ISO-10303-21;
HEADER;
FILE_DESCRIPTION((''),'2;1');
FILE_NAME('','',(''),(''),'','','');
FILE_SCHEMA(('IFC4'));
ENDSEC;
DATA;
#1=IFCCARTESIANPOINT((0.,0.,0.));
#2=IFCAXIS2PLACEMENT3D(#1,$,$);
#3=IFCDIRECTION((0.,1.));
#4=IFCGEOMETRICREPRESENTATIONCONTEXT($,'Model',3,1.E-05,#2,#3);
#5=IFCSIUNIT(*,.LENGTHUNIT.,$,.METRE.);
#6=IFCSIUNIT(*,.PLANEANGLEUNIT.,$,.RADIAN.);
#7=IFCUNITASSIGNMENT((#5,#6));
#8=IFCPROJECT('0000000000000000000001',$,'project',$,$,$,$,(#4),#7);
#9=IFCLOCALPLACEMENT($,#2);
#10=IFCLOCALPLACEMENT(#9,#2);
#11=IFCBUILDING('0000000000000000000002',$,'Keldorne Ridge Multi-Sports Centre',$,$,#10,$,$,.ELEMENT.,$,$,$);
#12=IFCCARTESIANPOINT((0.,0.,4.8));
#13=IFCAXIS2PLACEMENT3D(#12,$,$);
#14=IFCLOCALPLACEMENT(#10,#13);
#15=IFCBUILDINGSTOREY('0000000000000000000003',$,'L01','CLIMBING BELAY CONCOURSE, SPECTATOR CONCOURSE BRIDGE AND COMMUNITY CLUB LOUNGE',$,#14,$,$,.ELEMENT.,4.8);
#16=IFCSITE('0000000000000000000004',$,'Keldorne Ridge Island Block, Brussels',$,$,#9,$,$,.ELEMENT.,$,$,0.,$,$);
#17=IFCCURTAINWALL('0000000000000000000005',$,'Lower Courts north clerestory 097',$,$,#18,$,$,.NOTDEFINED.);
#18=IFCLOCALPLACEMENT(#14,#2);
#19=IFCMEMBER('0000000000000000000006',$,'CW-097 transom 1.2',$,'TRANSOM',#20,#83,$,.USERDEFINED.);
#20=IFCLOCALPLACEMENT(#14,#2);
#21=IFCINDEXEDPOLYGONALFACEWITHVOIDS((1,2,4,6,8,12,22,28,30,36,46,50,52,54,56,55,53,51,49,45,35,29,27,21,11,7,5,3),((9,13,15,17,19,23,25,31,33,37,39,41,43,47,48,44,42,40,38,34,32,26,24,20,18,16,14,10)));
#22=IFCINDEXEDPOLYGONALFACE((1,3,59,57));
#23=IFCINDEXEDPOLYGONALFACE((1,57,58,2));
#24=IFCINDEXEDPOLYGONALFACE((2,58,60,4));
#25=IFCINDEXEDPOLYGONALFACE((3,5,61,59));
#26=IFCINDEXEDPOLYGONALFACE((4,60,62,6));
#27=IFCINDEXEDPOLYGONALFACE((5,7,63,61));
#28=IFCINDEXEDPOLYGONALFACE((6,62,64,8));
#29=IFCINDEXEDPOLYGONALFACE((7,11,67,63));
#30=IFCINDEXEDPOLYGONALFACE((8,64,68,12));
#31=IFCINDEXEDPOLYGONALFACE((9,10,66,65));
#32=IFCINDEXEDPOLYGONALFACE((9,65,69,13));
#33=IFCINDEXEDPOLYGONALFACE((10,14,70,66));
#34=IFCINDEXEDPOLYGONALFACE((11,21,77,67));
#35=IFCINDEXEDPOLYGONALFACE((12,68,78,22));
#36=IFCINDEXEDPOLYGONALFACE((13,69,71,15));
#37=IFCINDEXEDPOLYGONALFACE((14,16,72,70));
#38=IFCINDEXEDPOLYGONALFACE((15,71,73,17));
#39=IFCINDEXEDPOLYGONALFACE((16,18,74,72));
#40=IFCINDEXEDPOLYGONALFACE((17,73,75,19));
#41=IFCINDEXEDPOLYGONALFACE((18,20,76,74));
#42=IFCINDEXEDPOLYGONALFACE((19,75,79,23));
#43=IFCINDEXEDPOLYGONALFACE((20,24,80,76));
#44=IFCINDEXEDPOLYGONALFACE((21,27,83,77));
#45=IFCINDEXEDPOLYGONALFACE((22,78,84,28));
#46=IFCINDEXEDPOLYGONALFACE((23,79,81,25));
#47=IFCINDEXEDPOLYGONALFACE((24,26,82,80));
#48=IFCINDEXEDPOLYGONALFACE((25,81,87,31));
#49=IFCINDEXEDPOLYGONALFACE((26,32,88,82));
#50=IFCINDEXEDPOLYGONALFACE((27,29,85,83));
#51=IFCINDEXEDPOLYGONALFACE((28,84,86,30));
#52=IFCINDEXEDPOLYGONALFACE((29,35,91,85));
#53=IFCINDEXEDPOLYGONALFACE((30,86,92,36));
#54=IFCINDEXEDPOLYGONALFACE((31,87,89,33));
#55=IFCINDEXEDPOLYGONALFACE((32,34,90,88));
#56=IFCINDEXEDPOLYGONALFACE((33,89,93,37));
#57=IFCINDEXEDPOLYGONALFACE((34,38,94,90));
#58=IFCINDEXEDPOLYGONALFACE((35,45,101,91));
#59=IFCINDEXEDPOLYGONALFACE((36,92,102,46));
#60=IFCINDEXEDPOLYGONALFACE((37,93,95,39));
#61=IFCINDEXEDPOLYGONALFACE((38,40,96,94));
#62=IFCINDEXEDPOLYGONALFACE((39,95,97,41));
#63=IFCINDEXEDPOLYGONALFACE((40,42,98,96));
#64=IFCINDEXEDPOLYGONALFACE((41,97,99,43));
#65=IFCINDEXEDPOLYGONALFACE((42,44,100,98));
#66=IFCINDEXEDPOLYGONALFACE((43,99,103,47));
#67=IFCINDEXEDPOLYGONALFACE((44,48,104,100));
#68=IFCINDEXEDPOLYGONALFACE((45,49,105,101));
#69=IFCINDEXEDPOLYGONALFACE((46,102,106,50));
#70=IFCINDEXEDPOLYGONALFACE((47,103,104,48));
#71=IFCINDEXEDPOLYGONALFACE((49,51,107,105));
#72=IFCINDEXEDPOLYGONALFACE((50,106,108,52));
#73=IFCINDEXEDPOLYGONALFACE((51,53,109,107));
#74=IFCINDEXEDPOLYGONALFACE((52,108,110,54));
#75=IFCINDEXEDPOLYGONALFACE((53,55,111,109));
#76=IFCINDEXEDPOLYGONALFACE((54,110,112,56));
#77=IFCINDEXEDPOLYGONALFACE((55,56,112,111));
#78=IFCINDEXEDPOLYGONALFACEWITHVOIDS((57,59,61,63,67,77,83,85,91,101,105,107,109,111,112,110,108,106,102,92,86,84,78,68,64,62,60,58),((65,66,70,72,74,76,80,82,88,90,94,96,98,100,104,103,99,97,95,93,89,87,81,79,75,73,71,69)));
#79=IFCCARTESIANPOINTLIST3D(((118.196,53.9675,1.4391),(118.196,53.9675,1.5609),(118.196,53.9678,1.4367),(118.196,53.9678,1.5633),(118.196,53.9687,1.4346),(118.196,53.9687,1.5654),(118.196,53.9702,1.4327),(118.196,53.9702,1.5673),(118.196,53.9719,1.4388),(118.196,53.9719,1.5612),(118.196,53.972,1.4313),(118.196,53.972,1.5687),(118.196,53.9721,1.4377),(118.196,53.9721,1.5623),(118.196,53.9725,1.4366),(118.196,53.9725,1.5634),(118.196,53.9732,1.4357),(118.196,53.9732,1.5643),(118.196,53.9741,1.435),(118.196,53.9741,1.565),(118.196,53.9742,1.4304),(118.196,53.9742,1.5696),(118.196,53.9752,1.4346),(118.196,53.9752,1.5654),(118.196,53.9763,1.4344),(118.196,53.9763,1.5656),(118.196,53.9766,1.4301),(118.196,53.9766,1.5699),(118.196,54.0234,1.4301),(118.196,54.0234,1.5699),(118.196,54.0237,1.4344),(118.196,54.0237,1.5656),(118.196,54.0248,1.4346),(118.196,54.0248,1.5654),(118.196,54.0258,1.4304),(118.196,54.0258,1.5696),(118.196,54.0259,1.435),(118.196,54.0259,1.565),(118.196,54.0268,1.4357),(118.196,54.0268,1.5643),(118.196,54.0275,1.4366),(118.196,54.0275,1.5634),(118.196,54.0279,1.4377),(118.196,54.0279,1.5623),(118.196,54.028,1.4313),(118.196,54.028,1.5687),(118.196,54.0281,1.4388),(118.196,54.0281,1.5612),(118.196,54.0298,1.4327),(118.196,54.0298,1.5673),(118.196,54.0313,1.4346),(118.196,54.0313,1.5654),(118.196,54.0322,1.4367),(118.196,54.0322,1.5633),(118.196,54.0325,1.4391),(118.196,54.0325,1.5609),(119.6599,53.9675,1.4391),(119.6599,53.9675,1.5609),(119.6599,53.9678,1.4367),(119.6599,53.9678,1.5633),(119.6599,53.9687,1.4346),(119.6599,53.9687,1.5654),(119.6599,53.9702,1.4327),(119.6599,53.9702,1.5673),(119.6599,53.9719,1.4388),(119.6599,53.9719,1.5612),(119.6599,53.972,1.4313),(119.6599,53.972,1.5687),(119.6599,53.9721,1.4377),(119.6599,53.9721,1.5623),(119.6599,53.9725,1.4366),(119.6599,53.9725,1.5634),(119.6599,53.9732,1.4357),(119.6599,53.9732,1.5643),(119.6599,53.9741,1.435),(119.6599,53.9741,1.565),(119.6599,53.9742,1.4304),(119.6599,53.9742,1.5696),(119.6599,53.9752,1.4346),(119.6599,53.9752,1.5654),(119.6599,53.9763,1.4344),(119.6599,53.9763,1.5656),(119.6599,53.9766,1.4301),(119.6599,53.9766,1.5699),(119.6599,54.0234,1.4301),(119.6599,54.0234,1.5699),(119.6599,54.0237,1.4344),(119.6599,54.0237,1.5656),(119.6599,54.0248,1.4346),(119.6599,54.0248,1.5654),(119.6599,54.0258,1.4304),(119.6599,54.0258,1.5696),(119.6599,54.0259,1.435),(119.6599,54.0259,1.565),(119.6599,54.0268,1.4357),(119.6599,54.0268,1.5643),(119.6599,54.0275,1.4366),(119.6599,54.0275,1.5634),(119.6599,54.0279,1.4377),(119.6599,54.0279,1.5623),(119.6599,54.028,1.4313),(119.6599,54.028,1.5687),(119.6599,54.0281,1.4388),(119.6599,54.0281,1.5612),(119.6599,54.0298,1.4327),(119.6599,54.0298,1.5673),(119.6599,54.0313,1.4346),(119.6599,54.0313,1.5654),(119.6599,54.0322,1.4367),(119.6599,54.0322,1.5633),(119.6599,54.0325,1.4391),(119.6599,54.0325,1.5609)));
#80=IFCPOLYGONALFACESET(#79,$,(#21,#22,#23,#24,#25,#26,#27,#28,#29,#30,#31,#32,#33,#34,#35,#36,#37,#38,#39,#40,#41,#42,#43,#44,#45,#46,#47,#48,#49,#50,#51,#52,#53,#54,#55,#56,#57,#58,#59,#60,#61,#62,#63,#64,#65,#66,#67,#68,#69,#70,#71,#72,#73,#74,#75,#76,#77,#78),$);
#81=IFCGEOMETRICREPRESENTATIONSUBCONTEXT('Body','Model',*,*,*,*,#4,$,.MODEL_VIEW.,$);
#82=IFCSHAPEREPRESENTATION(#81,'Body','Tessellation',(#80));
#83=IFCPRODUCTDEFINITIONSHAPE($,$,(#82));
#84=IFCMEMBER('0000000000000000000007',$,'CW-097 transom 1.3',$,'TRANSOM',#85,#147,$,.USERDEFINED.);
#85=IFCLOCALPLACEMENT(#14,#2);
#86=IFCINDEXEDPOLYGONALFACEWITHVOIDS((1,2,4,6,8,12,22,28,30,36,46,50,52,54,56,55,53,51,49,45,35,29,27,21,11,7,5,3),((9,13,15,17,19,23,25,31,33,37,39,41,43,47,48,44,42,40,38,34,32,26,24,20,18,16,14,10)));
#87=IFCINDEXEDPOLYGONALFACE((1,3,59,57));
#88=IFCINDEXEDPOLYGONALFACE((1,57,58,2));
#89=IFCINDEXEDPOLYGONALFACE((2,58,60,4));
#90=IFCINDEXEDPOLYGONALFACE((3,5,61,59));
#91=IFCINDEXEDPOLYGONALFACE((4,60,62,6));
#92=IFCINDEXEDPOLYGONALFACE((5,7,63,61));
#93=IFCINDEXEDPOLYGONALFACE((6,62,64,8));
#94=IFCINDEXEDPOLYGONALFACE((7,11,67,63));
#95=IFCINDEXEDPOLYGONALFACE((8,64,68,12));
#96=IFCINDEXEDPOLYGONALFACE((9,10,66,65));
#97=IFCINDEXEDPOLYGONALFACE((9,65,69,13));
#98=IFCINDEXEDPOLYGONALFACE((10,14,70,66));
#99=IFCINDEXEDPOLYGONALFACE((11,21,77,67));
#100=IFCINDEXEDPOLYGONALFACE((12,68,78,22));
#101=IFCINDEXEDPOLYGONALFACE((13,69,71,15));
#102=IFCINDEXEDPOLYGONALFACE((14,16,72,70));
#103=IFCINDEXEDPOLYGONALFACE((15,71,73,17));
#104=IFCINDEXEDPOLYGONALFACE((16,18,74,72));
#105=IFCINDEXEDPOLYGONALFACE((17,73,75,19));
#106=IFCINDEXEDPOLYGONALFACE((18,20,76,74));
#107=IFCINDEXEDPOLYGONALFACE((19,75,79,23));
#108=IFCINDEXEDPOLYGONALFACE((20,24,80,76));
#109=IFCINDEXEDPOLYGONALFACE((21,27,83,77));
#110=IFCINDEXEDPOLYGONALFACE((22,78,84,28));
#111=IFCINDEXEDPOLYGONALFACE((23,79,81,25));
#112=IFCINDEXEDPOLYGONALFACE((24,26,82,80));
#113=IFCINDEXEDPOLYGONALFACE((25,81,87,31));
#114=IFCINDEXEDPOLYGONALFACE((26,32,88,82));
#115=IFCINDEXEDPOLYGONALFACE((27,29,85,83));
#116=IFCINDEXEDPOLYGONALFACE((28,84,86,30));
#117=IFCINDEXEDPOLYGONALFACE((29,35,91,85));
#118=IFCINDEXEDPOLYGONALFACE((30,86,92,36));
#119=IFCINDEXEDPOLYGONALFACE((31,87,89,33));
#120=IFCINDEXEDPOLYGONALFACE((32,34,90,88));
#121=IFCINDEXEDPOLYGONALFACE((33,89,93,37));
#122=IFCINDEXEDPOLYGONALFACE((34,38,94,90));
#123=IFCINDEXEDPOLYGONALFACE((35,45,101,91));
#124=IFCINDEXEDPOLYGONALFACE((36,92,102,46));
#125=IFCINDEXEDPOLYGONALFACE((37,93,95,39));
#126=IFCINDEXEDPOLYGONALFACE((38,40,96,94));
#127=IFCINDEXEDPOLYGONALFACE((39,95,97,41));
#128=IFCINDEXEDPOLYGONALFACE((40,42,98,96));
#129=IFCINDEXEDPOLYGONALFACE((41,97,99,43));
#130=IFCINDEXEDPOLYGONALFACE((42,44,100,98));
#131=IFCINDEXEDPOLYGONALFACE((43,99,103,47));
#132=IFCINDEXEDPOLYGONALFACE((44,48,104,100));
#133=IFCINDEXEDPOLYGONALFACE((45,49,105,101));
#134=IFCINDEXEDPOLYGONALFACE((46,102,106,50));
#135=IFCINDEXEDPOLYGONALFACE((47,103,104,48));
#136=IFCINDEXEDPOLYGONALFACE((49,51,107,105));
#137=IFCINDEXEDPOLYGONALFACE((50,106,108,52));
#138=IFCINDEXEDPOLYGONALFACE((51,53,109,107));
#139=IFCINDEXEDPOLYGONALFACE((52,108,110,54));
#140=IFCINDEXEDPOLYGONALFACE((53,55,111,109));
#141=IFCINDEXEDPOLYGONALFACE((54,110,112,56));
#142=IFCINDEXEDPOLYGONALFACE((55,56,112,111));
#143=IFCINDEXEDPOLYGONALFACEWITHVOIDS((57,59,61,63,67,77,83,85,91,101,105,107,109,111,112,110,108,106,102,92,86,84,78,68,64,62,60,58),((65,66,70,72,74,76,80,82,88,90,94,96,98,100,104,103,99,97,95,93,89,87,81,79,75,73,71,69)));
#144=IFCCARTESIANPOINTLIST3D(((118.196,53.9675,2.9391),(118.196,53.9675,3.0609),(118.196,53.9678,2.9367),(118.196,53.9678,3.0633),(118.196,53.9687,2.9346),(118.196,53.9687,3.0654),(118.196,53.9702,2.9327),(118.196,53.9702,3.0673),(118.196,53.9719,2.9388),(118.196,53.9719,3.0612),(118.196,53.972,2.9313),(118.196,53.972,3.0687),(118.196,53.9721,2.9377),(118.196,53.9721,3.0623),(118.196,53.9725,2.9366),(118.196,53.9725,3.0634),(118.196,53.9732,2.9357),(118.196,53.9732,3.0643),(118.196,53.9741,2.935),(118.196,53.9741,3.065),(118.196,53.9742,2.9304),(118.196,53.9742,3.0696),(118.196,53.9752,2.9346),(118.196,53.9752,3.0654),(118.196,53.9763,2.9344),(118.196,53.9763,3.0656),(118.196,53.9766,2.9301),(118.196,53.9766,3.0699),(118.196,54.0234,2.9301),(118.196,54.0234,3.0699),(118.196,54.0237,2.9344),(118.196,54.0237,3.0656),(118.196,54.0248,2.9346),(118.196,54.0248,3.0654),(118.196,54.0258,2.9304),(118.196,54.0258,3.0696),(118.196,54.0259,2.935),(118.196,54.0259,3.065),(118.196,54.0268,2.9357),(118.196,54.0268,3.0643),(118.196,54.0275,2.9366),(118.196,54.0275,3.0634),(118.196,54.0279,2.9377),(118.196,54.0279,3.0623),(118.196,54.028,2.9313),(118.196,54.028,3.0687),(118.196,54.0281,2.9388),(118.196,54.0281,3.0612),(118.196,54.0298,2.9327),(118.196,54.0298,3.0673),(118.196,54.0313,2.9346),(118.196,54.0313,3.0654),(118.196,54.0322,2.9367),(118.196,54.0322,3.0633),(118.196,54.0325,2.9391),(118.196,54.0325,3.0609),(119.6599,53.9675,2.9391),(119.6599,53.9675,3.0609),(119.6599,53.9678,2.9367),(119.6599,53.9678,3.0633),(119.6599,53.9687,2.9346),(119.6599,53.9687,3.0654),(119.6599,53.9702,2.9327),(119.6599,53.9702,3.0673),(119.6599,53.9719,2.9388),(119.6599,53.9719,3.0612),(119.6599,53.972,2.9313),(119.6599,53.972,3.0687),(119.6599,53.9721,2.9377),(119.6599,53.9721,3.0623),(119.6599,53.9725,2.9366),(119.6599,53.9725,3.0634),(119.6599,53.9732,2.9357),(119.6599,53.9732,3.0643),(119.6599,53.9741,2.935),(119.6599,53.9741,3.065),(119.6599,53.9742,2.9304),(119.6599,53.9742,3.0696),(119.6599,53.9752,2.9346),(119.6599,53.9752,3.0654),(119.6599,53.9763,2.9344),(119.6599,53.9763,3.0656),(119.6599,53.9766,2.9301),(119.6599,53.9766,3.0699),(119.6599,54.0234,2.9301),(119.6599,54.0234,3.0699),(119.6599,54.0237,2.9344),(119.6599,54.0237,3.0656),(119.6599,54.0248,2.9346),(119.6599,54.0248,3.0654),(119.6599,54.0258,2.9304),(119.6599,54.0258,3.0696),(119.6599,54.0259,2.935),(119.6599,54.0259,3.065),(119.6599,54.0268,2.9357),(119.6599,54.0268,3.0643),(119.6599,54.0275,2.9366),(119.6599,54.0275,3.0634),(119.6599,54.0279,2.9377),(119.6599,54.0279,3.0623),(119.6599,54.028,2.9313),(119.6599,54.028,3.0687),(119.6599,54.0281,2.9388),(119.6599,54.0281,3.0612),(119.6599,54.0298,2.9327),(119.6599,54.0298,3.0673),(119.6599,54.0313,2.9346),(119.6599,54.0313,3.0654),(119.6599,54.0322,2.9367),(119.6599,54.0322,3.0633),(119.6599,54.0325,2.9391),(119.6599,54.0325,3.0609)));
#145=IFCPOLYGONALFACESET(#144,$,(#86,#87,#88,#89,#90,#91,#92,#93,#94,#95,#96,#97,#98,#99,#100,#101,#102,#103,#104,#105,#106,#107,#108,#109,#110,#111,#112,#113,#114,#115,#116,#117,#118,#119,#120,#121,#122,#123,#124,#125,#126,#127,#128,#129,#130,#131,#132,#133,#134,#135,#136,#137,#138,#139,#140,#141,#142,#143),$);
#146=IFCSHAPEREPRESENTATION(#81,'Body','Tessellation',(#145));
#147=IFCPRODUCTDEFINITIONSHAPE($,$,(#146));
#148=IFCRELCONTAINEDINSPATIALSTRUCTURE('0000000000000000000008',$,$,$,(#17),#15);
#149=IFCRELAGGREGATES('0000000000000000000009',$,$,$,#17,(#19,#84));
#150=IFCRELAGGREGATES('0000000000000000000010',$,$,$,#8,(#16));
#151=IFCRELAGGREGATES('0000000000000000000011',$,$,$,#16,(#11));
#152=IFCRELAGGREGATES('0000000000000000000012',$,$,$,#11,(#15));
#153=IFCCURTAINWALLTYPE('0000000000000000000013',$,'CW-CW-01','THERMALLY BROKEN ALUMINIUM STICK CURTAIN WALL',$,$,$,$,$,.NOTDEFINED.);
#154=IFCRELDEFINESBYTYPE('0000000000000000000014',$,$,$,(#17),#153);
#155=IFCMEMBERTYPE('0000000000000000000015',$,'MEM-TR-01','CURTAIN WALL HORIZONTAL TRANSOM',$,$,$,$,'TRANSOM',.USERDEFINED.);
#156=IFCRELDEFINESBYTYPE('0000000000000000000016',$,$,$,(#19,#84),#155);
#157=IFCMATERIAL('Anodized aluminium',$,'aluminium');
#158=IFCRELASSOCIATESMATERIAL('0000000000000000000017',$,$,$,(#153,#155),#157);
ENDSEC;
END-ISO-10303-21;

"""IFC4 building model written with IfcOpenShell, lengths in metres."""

from ifc_helpers import new_model, si_unit, direction, frame, origin, origin_2d, place, context, subcontext, project, spatial, hollow_rectangle, extrude, material, material_profile, profile_set, type_object, element, aggregate, save


model = new_model("IFC4")

# Units and contexts
model_context = context("Model", 3, precision=1e-05, world=origin(), true_north=direction((0.0, 1.0)))
body_context = subcontext(model_context, "Body", "Model", "MODEL_VIEW")
ifc_project = project(units=[si_unit("LENGTHUNIT", "METRE"), si_unit("PLANEANGLEUNIT", "RADIAN")], contexts=[model_context])

# Site, building, storey
site_placement = place(None, origin())
site = spatial("IfcSite", under=ifc_project, at=site_placement, Name="Keldorne Ridge Island Block, Brussels", CompositionType="ELEMENT", RefElevation=0.0)
building_placement = place(site_placement, origin())
building = spatial("IfcBuilding", under=site, at=building_placement, Name="Keldorne Ridge Multi-Sports Centre", CompositionType="ELEMENT")
storey_placement = place(building_placement, frame((0.0, 0.0, 4.8)))
storey = spatial("IfcBuildingStorey", under=building, at=storey_placement, Name="L01", Description="CLIMBING BELAY CONCOURSE, SPECTATOR CONCOURSE BRIDGE AND COMMUNITY CLUB LOUNGE", CompositionType="ELEMENT", Elevation=4.8)

# Curtain wall
ifc_material_1 = material(Name="Anodized aluminium", Category="aluminium")
curtain_wall_type_1 = type_object("IfcCurtainWallType", Name="CW-CW-01", Description="THERMALLY BROKEN ALUMINIUM STICK CURTAIN WALL", PredefinedType="NOTDEFINED", material=ifc_material_1)
curtain_wall_1_placement = place(storey_placement, origin())
curtain_wall_1 = element("IfcCurtainWall", 1, at=curtain_wall_1_placement, inside=storey, type_object=curtain_wall_type_1, Name="Lower Courts north clerestory 097", PredefinedType="NOTDEFINED")

# Members
ifc_material_profile_1 = material_profile(ifc_material_1, hollow_rectangle(XDim=0.0649, YDim=0.1399, WallThickness=0.0044, InnerFilletRadius=0.0044, OuterFilletRadius=0.009, at=origin_2d()), Name="ALU TRANSOM 140x65x4.5")
ifc_profile_set_1 = profile_set([ifc_material_profile_1], Name="Anodized aluminium")
member_type_1 = type_object("IfcMemberType", Name="MEM-TR-01", Description="CURTAIN WALL HORIZONTAL TRANSOM", ElementType="TRANSOM", PredefinedType="USERDEFINED", material=ifc_profile_set_1)
member_1_placement = place(storey_placement, frame((119.6599, 54.0, 1.5), z_axis=(-1.0, 0.0, 0.0), x_axis=(0.0, -1.0, 0.0)))
member_1 = element("IfcMember", 2, at=member_1_placement, type_object=member_type_1, Name="CW-097 transom 1.2", ObjectType="TRANSOM", PredefinedType="USERDEFINED", context=body_context, shape_type="SweptSolid", body=[
    extrude(hollow_rectangle(XDim=0.0649, YDim=0.1399, WallThickness=0.0044, InnerFilletRadius=0.0044, OuterFilletRadius=0.009, at=origin_2d()), origin(), (0.0, 0.0, 1.0), 1.4639),
])
member_2_placement = place(storey_placement, frame((119.6599, 54.0, 3.0), z_axis=(-1.0, 0.0, 0.0), x_axis=(0.0, -1.0, 0.0)))
member_2 = element("IfcMember", 3, at=member_2_placement, type_object=member_type_1, Name="CW-097 transom 1.3", ObjectType="TRANSOM", PredefinedType="USERDEFINED", context=body_context, shape_type="SweptSolid", body=[
    extrude(hollow_rectangle(XDim=0.0649, YDim=0.1399, WallThickness=0.0044, InnerFilletRadius=0.0044, OuterFilletRadius=0.009, at=origin_2d()), origin(), (0.0, 0.0, 1.0), 1.4639),
])

aggregate(curtain_wall_1, [member_1, member_2])

save(model, "model.ifc")
